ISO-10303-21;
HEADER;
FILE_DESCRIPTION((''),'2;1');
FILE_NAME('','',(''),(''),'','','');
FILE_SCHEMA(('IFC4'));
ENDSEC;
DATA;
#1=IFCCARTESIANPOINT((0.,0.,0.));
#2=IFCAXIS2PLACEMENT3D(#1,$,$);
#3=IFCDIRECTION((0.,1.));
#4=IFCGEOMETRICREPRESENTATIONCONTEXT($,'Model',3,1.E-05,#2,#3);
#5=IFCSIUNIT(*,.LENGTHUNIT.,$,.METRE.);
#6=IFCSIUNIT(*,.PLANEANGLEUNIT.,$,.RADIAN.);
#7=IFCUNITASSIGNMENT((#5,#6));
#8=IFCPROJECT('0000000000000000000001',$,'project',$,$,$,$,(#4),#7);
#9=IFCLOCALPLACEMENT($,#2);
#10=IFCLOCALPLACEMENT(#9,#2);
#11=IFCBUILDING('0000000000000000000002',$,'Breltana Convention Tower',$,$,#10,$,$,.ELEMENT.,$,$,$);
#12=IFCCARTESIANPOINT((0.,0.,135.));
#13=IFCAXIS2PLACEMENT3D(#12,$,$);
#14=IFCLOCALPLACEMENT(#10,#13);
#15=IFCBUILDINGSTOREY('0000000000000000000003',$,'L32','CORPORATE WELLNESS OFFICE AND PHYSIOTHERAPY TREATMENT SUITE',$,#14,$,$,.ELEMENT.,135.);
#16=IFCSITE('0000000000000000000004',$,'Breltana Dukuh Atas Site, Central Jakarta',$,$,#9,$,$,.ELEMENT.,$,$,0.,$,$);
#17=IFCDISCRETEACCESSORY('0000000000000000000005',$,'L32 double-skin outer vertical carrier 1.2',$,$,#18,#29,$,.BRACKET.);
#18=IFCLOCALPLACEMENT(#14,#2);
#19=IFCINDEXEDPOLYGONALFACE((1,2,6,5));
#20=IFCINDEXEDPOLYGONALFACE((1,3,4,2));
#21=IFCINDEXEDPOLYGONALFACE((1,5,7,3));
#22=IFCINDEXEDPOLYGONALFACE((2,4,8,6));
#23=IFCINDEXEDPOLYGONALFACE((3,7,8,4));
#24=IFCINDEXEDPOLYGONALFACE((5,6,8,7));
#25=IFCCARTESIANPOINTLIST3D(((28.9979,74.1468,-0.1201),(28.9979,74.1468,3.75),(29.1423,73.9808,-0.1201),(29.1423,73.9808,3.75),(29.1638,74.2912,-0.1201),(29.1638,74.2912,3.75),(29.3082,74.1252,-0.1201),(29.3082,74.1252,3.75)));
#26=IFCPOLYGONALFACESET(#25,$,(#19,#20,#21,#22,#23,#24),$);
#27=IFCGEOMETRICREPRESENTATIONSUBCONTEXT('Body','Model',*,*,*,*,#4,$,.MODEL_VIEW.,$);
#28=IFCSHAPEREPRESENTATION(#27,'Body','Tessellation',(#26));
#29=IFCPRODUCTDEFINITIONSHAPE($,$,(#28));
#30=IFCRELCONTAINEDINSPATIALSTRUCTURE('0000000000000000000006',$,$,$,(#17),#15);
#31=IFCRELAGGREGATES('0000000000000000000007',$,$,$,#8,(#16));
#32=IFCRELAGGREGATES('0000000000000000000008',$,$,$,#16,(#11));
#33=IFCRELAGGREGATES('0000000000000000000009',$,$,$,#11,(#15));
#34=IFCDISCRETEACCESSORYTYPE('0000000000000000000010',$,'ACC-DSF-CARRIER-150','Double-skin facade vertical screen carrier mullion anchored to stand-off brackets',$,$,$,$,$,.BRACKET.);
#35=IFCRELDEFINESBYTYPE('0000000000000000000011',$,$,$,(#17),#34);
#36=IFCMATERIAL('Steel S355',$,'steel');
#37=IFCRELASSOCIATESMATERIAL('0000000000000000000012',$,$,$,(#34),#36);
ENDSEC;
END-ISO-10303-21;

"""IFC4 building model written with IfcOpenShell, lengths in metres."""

from ifc_helpers import new_model, si_unit, direction, frame, origin, origin_2d, place, context, subcontext, project, spatial, rectangle, extrude, source, transform, mapped, material, type_object, element, save


model = new_model("IFC4")

# Units and contexts
model_context = context("Model", 3, precision=1e-05, world=origin(), true_north=direction((0.0, 1.0)))
body_context = subcontext(model_context, "Body", "Model", "MODEL_VIEW")
ifc_project = project(units=[si_unit("LENGTHUNIT", "METRE"), si_unit("PLANEANGLEUNIT", "RADIAN")], contexts=[model_context])

# Site, building, storey
site_placement = place(None, origin())
site = spatial("IfcSite", under=ifc_project, at=site_placement, Name="Breltana Dukuh Atas Site, Central Jakarta", CompositionType="ELEMENT", RefElevation=0.0)
building_placement = place(site_placement, origin())
building = spatial("IfcBuilding", under=site, at=building_placement, Name="Breltana Convention Tower", CompositionType="ELEMENT")
storey_placement = place(building_placement, frame((0.0, 0.0, 135.0)))
storey = spatial("IfcBuildingStorey", under=building, at=storey_placement, Name="L32", Description="CORPORATE WELLNESS OFFICE AND PHYSIOTHERAPY TREATMENT SUITE", CompositionType="ELEMENT", Elevation=135.0)

# Discrete accessory
ifc_material_1 = material(Name="Steel S355", Category="steel")
discrete_accessory_type_1 = type_object("IfcDiscreteAccessoryType", Name="ACC-DSF-CARRIER-150", Description="Double-skin facade vertical screen carrier mullion anchored to stand-off brackets", PredefinedType="BRACKET", material=ifc_material_1)
shared_shape_1 = source(origin(), body_context, "Body", "SweptSolid", [
    extrude(rectangle(XDim=0.22, YDim=0.22, at=origin_2d()), origin(), (0.0, 0.0, 1.0), 3.8701),
])
discrete_accessory_placement = place(storey_placement, frame((29.1531, 74.136, -0.1201), z_axis=(0.0, 0.0, 1.0), x_axis=(-0.656454, 0.754366, 0.0)))
element("IfcDiscreteAccessory", 1, at=discrete_accessory_placement, inside=storey, type_object=discrete_accessory_type_1, Name="L32 double-skin outer vertical carrier 1.2", PredefinedType="BRACKET", context=body_context, shape_type="MappedRepresentation", body=[
    mapped(shared_shape_1, transform((0.0, 0.0, 0.0), scale=1.0)),
])

save(model, "model.ifc")
